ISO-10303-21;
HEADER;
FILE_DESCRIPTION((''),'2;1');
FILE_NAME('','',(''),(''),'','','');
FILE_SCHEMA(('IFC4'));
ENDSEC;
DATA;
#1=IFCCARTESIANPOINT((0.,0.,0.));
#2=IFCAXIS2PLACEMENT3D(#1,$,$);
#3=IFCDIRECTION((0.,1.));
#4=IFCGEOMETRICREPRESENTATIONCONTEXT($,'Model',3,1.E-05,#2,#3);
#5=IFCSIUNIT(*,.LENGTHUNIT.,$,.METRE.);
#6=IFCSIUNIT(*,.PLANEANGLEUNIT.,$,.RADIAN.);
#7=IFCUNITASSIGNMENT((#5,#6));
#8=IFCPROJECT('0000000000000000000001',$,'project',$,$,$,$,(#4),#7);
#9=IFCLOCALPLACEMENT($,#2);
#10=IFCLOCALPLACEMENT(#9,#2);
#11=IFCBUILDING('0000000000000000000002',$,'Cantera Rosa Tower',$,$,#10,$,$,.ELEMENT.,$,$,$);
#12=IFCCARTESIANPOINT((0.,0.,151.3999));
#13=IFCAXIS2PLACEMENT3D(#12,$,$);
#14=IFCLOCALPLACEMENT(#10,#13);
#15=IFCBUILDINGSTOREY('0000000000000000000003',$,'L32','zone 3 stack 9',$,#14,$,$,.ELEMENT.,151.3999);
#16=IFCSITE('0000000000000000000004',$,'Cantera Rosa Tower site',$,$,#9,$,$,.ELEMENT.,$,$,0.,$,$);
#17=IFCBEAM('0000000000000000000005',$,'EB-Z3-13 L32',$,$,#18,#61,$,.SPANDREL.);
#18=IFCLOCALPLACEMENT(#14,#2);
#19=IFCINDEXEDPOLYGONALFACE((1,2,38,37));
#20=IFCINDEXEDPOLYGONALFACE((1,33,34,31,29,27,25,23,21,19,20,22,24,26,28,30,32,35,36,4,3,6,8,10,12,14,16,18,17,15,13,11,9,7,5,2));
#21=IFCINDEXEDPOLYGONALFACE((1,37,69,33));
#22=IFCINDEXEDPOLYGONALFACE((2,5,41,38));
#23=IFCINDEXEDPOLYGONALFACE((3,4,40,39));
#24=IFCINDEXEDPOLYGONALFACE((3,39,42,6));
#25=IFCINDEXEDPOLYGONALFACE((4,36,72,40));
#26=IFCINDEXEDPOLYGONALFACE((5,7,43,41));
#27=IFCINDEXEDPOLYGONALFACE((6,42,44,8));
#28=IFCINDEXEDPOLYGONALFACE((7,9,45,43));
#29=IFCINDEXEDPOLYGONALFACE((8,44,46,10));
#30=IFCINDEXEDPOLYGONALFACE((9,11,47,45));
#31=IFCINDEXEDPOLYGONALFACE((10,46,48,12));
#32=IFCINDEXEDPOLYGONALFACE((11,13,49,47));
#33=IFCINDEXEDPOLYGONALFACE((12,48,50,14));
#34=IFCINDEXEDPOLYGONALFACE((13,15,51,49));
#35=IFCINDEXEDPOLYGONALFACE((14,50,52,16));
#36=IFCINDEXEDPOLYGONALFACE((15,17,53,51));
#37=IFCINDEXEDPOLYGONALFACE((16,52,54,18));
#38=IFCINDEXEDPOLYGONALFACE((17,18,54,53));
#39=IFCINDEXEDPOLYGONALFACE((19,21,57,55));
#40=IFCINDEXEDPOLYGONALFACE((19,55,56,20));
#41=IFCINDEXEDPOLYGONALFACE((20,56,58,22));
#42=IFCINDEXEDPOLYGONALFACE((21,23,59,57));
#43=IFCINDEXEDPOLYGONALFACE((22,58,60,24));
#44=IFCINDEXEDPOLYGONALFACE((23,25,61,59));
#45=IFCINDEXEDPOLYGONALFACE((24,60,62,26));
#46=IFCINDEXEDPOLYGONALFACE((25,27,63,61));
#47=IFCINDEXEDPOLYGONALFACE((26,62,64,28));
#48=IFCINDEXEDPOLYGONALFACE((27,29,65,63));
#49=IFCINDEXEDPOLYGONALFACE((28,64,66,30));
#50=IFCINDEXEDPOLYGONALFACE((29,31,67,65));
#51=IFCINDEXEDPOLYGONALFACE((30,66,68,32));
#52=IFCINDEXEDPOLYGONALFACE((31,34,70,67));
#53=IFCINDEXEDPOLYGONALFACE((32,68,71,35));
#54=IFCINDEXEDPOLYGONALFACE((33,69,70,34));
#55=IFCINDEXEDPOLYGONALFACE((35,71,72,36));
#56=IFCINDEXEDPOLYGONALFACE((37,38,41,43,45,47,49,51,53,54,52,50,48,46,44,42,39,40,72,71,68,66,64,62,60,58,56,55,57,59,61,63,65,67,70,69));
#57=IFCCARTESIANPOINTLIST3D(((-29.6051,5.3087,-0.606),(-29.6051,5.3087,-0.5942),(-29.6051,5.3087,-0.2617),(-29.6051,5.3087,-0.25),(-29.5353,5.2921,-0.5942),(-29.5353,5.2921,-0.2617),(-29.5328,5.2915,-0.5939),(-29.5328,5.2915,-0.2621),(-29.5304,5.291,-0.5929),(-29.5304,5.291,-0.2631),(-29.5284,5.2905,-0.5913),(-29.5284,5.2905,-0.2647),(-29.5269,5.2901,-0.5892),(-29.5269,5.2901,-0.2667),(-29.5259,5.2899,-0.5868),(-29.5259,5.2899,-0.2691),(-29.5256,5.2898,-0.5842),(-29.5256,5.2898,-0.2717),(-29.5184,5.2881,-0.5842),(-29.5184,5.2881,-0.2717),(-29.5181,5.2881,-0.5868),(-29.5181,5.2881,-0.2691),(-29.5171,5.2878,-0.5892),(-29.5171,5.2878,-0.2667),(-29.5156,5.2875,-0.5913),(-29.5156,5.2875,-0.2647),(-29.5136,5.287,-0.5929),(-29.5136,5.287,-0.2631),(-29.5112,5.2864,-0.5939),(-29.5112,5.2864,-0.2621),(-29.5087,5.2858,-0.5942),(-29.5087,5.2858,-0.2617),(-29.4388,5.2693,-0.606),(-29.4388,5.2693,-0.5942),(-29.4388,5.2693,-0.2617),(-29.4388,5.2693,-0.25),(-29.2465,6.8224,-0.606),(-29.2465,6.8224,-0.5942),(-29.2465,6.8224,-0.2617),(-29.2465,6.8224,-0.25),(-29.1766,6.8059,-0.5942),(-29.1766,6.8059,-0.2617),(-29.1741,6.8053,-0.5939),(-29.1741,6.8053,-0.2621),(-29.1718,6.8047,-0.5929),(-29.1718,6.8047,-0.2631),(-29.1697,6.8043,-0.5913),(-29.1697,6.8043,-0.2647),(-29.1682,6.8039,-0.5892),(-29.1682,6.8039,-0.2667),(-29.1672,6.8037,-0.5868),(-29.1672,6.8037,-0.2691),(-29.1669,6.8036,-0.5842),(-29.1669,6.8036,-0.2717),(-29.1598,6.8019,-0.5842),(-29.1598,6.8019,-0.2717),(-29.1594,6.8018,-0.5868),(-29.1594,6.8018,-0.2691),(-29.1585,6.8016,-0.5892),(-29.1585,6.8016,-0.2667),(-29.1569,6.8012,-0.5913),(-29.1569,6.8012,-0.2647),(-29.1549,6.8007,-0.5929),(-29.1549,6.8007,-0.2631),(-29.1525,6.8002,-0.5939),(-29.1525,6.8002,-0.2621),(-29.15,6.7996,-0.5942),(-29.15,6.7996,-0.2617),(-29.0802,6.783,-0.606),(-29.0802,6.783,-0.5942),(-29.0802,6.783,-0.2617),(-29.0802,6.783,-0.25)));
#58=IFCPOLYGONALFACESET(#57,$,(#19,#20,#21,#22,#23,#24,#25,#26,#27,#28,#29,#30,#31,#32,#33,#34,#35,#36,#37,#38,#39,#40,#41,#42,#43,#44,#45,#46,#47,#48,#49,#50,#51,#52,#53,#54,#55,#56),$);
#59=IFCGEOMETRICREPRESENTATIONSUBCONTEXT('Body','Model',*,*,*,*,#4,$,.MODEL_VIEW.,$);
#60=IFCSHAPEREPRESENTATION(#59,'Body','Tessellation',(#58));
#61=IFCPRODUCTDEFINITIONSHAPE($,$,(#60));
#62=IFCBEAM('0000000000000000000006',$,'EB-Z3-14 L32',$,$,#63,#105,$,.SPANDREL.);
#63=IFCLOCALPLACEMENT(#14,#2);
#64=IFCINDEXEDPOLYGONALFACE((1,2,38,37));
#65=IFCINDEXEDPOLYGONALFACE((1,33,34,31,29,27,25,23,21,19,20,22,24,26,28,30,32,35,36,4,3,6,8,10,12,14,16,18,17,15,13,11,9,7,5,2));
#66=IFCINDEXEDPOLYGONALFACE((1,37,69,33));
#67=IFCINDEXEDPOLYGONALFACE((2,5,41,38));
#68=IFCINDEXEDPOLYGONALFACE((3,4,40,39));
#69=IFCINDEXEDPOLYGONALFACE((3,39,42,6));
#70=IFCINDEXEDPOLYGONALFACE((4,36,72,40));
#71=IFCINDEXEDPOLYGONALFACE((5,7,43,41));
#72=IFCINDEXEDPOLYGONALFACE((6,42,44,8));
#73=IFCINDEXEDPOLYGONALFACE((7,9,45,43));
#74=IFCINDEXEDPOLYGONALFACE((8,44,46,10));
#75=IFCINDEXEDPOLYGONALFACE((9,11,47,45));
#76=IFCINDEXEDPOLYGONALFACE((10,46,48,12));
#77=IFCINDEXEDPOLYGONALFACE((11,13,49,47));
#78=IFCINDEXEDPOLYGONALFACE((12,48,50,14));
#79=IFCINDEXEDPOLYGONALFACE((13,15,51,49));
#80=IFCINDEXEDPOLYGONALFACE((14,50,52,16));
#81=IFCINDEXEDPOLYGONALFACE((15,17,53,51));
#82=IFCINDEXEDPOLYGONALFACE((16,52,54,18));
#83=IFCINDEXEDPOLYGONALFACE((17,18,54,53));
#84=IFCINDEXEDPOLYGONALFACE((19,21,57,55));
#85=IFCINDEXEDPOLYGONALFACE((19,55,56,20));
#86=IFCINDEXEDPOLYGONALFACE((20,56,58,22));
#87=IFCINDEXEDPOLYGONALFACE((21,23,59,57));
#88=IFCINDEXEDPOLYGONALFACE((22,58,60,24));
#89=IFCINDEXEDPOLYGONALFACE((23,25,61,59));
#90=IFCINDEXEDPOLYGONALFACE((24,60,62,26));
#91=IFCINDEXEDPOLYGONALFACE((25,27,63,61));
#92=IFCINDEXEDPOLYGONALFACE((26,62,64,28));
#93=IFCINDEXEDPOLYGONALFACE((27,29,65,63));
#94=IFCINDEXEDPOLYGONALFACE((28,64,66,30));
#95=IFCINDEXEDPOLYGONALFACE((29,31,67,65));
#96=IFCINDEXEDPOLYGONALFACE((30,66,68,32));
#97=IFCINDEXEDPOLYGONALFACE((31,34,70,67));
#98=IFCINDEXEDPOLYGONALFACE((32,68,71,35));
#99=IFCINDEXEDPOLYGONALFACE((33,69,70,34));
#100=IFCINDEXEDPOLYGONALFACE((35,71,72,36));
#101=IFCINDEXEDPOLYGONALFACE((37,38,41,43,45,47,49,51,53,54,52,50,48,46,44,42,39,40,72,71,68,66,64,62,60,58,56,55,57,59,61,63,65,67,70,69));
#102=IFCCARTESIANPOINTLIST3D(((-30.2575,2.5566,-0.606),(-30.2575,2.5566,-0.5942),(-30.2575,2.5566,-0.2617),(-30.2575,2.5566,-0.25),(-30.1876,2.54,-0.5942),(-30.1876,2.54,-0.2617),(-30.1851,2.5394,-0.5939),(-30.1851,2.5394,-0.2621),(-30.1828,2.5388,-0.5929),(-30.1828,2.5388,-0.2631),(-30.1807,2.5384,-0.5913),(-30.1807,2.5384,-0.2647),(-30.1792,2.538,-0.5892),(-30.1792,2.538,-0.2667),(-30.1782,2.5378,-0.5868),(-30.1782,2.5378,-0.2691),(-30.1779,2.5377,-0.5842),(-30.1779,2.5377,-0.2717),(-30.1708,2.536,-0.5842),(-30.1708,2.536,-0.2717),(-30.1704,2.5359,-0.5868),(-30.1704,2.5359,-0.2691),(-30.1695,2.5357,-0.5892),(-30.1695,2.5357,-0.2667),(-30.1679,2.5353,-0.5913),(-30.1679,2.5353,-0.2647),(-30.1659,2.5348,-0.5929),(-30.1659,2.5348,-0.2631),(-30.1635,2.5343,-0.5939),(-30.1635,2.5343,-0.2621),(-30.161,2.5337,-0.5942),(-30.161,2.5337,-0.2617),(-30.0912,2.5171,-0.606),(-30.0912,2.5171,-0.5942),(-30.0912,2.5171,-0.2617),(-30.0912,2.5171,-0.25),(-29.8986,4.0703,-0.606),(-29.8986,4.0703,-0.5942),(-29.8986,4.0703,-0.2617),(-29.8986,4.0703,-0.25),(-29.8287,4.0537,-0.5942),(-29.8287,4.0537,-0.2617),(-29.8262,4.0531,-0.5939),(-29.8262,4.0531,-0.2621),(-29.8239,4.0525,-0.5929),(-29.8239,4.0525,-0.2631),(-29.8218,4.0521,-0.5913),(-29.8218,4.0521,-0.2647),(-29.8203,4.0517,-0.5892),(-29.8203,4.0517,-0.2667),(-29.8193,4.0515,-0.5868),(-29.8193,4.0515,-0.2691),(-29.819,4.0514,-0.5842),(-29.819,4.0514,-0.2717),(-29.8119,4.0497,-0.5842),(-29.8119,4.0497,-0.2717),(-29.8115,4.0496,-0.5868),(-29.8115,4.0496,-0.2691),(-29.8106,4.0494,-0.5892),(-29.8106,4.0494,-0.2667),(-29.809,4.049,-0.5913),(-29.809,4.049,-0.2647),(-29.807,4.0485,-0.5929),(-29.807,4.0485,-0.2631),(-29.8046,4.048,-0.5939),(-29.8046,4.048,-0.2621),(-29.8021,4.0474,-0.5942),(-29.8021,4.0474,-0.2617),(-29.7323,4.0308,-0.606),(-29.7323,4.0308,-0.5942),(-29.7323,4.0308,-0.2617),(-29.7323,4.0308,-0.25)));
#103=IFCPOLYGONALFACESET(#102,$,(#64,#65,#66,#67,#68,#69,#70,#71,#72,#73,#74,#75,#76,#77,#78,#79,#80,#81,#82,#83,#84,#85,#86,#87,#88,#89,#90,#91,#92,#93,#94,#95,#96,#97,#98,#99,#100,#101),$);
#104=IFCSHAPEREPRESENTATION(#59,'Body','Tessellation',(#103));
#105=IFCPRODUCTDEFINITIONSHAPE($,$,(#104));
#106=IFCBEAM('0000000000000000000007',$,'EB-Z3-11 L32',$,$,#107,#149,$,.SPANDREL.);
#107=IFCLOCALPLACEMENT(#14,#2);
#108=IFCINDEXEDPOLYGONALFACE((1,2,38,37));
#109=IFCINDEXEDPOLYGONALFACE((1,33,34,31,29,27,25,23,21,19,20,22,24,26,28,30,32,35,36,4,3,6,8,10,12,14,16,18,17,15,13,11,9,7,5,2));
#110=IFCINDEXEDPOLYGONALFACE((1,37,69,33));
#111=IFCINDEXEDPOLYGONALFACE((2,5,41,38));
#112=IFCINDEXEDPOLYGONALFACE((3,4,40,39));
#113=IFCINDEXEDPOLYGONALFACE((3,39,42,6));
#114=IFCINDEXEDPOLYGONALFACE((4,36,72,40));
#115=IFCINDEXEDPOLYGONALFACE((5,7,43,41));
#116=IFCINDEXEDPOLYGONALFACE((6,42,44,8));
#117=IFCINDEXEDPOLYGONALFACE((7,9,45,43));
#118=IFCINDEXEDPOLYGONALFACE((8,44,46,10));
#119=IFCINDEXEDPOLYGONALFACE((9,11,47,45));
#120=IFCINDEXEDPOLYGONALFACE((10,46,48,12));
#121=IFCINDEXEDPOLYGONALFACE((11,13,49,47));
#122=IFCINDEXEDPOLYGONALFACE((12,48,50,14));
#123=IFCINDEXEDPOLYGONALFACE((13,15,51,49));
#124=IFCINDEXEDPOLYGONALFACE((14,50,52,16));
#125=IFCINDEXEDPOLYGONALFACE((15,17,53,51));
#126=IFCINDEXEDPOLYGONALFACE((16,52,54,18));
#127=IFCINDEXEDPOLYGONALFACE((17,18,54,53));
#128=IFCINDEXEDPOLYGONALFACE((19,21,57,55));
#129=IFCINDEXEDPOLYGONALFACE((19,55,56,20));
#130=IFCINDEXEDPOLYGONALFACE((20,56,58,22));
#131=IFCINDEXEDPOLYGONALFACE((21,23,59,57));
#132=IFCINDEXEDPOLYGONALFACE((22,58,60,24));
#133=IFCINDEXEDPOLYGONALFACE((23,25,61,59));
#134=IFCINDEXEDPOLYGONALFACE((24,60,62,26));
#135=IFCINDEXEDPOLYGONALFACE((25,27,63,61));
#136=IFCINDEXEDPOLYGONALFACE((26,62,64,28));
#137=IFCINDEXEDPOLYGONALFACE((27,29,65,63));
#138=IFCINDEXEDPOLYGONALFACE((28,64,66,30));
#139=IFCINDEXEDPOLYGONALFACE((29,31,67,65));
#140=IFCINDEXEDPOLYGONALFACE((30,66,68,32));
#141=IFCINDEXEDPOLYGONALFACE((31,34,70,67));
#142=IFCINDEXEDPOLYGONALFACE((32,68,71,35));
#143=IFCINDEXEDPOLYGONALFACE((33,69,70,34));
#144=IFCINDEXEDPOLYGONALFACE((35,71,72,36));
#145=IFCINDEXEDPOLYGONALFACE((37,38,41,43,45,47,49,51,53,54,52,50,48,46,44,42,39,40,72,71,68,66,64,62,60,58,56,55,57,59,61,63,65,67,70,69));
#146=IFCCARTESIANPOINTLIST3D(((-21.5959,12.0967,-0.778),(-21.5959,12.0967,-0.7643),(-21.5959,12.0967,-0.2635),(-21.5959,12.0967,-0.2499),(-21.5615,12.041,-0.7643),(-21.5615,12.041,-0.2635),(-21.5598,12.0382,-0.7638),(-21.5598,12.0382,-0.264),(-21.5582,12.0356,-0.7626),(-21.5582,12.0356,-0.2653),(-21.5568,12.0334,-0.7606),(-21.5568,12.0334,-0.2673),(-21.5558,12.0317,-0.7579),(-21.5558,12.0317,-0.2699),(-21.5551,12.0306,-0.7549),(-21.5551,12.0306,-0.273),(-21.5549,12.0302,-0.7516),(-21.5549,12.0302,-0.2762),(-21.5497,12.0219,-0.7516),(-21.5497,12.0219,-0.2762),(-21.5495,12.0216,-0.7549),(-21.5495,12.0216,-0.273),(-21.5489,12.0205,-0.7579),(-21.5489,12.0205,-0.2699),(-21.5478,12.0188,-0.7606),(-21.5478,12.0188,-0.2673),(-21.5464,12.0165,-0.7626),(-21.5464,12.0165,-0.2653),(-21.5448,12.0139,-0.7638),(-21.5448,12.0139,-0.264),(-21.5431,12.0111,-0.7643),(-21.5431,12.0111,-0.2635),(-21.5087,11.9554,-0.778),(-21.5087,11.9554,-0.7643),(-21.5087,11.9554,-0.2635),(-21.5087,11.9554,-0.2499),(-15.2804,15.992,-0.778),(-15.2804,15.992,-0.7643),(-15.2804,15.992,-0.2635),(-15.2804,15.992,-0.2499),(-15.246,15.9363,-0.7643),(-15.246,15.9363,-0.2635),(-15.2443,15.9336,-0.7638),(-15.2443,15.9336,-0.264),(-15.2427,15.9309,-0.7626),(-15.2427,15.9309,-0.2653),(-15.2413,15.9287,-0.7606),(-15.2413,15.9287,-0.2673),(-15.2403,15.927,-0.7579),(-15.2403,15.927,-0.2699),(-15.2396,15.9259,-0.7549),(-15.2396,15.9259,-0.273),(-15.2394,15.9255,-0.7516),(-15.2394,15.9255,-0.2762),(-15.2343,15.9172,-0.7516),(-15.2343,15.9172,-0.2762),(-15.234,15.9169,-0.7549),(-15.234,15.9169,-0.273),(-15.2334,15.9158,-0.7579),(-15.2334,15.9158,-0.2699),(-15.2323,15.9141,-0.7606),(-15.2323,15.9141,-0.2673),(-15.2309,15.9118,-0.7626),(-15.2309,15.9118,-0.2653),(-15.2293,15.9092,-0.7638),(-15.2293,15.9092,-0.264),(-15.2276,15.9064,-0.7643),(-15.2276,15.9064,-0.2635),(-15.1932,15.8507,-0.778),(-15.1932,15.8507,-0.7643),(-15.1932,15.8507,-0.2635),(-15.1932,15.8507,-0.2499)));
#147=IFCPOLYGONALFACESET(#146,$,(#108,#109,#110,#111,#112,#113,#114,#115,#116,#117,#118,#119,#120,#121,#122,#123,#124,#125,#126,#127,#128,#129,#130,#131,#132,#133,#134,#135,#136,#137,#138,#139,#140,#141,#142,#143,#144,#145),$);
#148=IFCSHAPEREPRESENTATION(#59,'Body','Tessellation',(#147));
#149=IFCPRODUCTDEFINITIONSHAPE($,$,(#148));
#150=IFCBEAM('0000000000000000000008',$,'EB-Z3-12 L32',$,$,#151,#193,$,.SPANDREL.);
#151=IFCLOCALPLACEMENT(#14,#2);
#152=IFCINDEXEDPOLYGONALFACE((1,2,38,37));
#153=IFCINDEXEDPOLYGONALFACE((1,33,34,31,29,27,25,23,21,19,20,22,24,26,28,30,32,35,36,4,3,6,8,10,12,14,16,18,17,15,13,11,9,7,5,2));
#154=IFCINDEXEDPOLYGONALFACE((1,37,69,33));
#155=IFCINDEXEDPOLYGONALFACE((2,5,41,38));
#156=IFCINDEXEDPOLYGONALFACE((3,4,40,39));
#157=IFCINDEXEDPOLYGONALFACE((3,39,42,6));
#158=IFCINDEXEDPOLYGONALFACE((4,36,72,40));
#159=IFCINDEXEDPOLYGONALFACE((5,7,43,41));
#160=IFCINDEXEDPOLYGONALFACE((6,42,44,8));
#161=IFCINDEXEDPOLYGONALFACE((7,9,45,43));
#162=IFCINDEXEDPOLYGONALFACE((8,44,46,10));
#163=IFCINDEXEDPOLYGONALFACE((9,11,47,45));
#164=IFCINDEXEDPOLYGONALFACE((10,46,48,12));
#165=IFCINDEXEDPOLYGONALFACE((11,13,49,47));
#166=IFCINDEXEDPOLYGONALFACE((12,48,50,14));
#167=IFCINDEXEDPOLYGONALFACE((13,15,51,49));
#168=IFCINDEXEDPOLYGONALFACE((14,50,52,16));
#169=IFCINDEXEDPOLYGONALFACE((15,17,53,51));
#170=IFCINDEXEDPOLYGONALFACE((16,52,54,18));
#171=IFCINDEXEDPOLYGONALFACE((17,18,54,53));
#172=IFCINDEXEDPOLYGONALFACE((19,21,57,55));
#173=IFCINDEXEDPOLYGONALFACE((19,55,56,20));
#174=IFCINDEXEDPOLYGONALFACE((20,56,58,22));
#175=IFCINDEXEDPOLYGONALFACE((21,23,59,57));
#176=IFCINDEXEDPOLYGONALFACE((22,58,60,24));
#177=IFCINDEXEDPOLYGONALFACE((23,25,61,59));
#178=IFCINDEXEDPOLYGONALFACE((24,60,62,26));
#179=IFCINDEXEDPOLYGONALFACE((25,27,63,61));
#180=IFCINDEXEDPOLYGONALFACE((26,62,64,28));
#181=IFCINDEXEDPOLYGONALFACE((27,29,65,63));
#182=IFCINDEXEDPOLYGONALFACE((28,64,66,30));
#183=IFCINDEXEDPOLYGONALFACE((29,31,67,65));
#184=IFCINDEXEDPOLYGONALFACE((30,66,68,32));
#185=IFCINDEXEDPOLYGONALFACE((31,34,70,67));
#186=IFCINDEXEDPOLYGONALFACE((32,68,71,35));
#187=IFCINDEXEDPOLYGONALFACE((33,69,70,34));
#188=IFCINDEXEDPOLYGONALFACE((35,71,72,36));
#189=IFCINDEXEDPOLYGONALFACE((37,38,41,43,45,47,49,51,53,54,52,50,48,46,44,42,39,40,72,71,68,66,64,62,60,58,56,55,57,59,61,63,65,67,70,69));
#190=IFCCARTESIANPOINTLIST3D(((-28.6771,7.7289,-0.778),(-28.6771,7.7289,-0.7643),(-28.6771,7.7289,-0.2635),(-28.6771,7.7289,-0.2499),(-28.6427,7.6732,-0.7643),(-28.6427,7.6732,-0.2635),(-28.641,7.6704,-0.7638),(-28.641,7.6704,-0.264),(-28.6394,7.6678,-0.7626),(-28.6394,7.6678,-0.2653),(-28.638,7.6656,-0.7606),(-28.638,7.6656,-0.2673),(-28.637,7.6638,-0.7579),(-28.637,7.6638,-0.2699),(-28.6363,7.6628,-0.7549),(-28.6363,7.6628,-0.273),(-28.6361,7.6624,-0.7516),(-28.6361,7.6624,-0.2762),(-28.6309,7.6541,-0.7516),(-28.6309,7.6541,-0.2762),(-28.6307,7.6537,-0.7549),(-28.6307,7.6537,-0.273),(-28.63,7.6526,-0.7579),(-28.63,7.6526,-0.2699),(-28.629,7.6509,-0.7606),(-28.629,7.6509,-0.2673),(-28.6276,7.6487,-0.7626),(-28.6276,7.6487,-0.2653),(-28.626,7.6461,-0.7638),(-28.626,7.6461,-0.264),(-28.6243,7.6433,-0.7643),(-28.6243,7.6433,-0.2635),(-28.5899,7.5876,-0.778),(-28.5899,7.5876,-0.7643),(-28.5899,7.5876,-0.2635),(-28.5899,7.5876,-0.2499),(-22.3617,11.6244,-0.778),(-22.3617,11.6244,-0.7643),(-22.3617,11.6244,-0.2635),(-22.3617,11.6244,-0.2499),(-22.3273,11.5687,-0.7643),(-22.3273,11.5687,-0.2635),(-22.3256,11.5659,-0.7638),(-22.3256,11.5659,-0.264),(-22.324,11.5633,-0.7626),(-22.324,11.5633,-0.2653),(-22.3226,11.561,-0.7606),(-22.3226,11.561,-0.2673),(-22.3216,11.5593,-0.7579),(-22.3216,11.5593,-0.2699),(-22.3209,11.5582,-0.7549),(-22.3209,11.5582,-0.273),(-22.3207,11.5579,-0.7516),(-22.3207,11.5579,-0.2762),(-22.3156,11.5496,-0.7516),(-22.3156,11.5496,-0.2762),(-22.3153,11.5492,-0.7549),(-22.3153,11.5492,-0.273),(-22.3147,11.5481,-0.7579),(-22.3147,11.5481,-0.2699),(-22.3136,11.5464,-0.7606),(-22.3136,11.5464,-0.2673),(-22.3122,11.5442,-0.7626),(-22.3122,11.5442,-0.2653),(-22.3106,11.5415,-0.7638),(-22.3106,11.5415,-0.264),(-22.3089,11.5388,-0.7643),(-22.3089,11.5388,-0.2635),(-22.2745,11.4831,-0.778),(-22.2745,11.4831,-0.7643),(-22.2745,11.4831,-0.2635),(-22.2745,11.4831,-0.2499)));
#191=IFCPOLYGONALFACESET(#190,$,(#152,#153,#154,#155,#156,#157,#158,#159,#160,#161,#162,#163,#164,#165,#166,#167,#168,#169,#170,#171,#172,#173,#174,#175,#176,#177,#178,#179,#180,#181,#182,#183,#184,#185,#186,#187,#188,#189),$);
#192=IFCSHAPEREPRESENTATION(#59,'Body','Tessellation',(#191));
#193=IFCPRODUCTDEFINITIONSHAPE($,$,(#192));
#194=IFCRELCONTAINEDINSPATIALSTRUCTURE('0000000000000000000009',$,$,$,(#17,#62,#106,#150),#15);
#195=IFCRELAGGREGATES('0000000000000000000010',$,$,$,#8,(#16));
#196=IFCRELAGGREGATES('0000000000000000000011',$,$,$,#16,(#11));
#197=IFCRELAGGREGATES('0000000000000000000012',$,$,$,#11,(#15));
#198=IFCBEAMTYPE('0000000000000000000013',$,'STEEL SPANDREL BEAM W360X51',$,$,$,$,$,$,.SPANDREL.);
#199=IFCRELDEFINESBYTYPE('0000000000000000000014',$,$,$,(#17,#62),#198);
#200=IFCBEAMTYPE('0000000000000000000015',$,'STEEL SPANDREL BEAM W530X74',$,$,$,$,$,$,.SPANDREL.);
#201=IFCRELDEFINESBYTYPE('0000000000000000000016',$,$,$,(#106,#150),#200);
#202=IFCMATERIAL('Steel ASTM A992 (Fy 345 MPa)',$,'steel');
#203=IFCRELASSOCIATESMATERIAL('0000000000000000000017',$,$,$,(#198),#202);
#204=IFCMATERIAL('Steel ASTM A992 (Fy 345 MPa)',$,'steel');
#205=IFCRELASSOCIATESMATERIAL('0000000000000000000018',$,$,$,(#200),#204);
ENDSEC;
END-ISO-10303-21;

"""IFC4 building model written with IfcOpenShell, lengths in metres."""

from ifc_helpers import new_model, si_unit, direction, frame, origin, origin_2d, place, context, subcontext, project, spatial, i_section, extrude, material, material_profile, profile_set, type_object, element, save


model = new_model("IFC4")

# Units and contexts
model_context = context("Model", 3, precision=1e-05, world=origin(), true_north=direction((0.0, 1.0)))
body_context = subcontext(model_context, "Body", "Model", "MODEL_VIEW")
ifc_project = project(units=[si_unit("LENGTHUNIT", "METRE"), si_unit("PLANEANGLEUNIT", "RADIAN")], contexts=[model_context])

# Site, building, storey
site_placement = place(None, origin())
site = spatial("IfcSite", under=ifc_project, at=site_placement, Name="Cantera Rosa Tower site", CompositionType="ELEMENT", RefElevation=0.0)
building_placement = place(site_placement, origin())
building = spatial("IfcBuilding", under=site, at=building_placement, Name="Cantera Rosa Tower", CompositionType="ELEMENT")
storey_placement = place(building_placement, frame((0.0, 0.0, 151.3999)))
storey = spatial("IfcBuildingStorey", under=building, at=storey_placement, Name="L32", Description="zone 3 stack 9", CompositionType="ELEMENT", Elevation=151.3999)

# Beams
ifc_material_1 = material(Name="Steel ASTM A992 (Fy 345 MPa)", Category="steel")
ifc_material_profile_1 = material_profile(ifc_material_1, i_section(OverallWidth=0.1709, OverallDepth=0.356, WebThickness=0.0073, FlangeThickness=0.0117, FilletRadius=0.01, at=origin_2d()), Name="W360X51")
ifc_profile_set_1 = profile_set([ifc_material_profile_1], Name="Steel ASTM A992 (Fy 345 MPa)")
beam_type_1 = type_object("IfcBeamType", Name="STEEL SPANDREL BEAM W360X51", PredefinedType="SPANDREL", material=ifc_profile_set_1)
for number, where, z_axis, x_axis, name in (
    (1, (-29.1633, 6.8027, -0.428), (-0.230552, -0.97306, 0.0), (0.97306, -0.230552, 0.0), "EB-Z3-13 L32"),
    (2, (-29.8154, 4.0505, -0.428), (-0.230701, -0.973025, 0.0), (0.973025, -0.230701, 0.0), "EB-Z3-14 L32"),
):
    element("IfcBeam", number, at=place(storey_placement, frame(where, z_axis=z_axis, x_axis=x_axis)), inside=storey, type_object=beam_type_1, Name=name, PredefinedType="SPANDREL", context=body_context, shape_type="SweptSolid", body=[
        extrude(i_section(OverallWidth=0.1709, OverallDepth=0.356, WebThickness=0.0073, FlangeThickness=0.0117, FilletRadius=0.01, at=origin_2d()), origin(), (0.0, 0.0, 1.0), 1.5557),
    ])
ifc_material_2 = material(Name="Steel ASTM A992 (Fy 345 MPa)", Category="steel")
ifc_material_profile_2 = material_profile(ifc_material_2, i_section(OverallWidth=0.166, OverallDepth=0.5281, WebThickness=0.0098, FlangeThickness=0.0137, FilletRadius=0.0127, at=origin_2d()), Name="W530X74")
ifc_profile_set_2 = profile_set([ifc_material_profile_2], Name="Steel ASTM A992 (Fy 345 MPa)")
beam_type_2 = type_object("IfcBeamType", Name="STEEL SPANDREL BEAM W530X74", PredefinedType="SPANDREL", material=ifc_profile_set_2)
for number, where, z_axis, x_axis, name in (
    (3, (-15.2368, 15.9214, -0.5139), (-0.851126, -0.524962, 0.0), (0.524962, -0.851126, 0.0), "EB-Z3-11 L32"),
    (4, (-22.3181, 11.5537, -0.5139), (-0.851111, -0.524986, 0.0), (0.524986, -0.851111, 0.0), "EB-Z3-12 L32"),
):
    element("IfcBeam", number, at=place(storey_placement, frame(where, z_axis=z_axis, x_axis=x_axis)), inside=storey, type_object=beam_type_2, Name=name, PredefinedType="SPANDREL", context=body_context, shape_type="SweptSolid", body=[
        extrude(i_section(OverallWidth=0.166, OverallDepth=0.5281, WebThickness=0.0098, FlangeThickness=0.0137, FilletRadius=0.0127, at=origin_2d()), origin(), (0.0, 0.0, 1.0), 7.4202),
    ])

save(model, "model.ifc")
